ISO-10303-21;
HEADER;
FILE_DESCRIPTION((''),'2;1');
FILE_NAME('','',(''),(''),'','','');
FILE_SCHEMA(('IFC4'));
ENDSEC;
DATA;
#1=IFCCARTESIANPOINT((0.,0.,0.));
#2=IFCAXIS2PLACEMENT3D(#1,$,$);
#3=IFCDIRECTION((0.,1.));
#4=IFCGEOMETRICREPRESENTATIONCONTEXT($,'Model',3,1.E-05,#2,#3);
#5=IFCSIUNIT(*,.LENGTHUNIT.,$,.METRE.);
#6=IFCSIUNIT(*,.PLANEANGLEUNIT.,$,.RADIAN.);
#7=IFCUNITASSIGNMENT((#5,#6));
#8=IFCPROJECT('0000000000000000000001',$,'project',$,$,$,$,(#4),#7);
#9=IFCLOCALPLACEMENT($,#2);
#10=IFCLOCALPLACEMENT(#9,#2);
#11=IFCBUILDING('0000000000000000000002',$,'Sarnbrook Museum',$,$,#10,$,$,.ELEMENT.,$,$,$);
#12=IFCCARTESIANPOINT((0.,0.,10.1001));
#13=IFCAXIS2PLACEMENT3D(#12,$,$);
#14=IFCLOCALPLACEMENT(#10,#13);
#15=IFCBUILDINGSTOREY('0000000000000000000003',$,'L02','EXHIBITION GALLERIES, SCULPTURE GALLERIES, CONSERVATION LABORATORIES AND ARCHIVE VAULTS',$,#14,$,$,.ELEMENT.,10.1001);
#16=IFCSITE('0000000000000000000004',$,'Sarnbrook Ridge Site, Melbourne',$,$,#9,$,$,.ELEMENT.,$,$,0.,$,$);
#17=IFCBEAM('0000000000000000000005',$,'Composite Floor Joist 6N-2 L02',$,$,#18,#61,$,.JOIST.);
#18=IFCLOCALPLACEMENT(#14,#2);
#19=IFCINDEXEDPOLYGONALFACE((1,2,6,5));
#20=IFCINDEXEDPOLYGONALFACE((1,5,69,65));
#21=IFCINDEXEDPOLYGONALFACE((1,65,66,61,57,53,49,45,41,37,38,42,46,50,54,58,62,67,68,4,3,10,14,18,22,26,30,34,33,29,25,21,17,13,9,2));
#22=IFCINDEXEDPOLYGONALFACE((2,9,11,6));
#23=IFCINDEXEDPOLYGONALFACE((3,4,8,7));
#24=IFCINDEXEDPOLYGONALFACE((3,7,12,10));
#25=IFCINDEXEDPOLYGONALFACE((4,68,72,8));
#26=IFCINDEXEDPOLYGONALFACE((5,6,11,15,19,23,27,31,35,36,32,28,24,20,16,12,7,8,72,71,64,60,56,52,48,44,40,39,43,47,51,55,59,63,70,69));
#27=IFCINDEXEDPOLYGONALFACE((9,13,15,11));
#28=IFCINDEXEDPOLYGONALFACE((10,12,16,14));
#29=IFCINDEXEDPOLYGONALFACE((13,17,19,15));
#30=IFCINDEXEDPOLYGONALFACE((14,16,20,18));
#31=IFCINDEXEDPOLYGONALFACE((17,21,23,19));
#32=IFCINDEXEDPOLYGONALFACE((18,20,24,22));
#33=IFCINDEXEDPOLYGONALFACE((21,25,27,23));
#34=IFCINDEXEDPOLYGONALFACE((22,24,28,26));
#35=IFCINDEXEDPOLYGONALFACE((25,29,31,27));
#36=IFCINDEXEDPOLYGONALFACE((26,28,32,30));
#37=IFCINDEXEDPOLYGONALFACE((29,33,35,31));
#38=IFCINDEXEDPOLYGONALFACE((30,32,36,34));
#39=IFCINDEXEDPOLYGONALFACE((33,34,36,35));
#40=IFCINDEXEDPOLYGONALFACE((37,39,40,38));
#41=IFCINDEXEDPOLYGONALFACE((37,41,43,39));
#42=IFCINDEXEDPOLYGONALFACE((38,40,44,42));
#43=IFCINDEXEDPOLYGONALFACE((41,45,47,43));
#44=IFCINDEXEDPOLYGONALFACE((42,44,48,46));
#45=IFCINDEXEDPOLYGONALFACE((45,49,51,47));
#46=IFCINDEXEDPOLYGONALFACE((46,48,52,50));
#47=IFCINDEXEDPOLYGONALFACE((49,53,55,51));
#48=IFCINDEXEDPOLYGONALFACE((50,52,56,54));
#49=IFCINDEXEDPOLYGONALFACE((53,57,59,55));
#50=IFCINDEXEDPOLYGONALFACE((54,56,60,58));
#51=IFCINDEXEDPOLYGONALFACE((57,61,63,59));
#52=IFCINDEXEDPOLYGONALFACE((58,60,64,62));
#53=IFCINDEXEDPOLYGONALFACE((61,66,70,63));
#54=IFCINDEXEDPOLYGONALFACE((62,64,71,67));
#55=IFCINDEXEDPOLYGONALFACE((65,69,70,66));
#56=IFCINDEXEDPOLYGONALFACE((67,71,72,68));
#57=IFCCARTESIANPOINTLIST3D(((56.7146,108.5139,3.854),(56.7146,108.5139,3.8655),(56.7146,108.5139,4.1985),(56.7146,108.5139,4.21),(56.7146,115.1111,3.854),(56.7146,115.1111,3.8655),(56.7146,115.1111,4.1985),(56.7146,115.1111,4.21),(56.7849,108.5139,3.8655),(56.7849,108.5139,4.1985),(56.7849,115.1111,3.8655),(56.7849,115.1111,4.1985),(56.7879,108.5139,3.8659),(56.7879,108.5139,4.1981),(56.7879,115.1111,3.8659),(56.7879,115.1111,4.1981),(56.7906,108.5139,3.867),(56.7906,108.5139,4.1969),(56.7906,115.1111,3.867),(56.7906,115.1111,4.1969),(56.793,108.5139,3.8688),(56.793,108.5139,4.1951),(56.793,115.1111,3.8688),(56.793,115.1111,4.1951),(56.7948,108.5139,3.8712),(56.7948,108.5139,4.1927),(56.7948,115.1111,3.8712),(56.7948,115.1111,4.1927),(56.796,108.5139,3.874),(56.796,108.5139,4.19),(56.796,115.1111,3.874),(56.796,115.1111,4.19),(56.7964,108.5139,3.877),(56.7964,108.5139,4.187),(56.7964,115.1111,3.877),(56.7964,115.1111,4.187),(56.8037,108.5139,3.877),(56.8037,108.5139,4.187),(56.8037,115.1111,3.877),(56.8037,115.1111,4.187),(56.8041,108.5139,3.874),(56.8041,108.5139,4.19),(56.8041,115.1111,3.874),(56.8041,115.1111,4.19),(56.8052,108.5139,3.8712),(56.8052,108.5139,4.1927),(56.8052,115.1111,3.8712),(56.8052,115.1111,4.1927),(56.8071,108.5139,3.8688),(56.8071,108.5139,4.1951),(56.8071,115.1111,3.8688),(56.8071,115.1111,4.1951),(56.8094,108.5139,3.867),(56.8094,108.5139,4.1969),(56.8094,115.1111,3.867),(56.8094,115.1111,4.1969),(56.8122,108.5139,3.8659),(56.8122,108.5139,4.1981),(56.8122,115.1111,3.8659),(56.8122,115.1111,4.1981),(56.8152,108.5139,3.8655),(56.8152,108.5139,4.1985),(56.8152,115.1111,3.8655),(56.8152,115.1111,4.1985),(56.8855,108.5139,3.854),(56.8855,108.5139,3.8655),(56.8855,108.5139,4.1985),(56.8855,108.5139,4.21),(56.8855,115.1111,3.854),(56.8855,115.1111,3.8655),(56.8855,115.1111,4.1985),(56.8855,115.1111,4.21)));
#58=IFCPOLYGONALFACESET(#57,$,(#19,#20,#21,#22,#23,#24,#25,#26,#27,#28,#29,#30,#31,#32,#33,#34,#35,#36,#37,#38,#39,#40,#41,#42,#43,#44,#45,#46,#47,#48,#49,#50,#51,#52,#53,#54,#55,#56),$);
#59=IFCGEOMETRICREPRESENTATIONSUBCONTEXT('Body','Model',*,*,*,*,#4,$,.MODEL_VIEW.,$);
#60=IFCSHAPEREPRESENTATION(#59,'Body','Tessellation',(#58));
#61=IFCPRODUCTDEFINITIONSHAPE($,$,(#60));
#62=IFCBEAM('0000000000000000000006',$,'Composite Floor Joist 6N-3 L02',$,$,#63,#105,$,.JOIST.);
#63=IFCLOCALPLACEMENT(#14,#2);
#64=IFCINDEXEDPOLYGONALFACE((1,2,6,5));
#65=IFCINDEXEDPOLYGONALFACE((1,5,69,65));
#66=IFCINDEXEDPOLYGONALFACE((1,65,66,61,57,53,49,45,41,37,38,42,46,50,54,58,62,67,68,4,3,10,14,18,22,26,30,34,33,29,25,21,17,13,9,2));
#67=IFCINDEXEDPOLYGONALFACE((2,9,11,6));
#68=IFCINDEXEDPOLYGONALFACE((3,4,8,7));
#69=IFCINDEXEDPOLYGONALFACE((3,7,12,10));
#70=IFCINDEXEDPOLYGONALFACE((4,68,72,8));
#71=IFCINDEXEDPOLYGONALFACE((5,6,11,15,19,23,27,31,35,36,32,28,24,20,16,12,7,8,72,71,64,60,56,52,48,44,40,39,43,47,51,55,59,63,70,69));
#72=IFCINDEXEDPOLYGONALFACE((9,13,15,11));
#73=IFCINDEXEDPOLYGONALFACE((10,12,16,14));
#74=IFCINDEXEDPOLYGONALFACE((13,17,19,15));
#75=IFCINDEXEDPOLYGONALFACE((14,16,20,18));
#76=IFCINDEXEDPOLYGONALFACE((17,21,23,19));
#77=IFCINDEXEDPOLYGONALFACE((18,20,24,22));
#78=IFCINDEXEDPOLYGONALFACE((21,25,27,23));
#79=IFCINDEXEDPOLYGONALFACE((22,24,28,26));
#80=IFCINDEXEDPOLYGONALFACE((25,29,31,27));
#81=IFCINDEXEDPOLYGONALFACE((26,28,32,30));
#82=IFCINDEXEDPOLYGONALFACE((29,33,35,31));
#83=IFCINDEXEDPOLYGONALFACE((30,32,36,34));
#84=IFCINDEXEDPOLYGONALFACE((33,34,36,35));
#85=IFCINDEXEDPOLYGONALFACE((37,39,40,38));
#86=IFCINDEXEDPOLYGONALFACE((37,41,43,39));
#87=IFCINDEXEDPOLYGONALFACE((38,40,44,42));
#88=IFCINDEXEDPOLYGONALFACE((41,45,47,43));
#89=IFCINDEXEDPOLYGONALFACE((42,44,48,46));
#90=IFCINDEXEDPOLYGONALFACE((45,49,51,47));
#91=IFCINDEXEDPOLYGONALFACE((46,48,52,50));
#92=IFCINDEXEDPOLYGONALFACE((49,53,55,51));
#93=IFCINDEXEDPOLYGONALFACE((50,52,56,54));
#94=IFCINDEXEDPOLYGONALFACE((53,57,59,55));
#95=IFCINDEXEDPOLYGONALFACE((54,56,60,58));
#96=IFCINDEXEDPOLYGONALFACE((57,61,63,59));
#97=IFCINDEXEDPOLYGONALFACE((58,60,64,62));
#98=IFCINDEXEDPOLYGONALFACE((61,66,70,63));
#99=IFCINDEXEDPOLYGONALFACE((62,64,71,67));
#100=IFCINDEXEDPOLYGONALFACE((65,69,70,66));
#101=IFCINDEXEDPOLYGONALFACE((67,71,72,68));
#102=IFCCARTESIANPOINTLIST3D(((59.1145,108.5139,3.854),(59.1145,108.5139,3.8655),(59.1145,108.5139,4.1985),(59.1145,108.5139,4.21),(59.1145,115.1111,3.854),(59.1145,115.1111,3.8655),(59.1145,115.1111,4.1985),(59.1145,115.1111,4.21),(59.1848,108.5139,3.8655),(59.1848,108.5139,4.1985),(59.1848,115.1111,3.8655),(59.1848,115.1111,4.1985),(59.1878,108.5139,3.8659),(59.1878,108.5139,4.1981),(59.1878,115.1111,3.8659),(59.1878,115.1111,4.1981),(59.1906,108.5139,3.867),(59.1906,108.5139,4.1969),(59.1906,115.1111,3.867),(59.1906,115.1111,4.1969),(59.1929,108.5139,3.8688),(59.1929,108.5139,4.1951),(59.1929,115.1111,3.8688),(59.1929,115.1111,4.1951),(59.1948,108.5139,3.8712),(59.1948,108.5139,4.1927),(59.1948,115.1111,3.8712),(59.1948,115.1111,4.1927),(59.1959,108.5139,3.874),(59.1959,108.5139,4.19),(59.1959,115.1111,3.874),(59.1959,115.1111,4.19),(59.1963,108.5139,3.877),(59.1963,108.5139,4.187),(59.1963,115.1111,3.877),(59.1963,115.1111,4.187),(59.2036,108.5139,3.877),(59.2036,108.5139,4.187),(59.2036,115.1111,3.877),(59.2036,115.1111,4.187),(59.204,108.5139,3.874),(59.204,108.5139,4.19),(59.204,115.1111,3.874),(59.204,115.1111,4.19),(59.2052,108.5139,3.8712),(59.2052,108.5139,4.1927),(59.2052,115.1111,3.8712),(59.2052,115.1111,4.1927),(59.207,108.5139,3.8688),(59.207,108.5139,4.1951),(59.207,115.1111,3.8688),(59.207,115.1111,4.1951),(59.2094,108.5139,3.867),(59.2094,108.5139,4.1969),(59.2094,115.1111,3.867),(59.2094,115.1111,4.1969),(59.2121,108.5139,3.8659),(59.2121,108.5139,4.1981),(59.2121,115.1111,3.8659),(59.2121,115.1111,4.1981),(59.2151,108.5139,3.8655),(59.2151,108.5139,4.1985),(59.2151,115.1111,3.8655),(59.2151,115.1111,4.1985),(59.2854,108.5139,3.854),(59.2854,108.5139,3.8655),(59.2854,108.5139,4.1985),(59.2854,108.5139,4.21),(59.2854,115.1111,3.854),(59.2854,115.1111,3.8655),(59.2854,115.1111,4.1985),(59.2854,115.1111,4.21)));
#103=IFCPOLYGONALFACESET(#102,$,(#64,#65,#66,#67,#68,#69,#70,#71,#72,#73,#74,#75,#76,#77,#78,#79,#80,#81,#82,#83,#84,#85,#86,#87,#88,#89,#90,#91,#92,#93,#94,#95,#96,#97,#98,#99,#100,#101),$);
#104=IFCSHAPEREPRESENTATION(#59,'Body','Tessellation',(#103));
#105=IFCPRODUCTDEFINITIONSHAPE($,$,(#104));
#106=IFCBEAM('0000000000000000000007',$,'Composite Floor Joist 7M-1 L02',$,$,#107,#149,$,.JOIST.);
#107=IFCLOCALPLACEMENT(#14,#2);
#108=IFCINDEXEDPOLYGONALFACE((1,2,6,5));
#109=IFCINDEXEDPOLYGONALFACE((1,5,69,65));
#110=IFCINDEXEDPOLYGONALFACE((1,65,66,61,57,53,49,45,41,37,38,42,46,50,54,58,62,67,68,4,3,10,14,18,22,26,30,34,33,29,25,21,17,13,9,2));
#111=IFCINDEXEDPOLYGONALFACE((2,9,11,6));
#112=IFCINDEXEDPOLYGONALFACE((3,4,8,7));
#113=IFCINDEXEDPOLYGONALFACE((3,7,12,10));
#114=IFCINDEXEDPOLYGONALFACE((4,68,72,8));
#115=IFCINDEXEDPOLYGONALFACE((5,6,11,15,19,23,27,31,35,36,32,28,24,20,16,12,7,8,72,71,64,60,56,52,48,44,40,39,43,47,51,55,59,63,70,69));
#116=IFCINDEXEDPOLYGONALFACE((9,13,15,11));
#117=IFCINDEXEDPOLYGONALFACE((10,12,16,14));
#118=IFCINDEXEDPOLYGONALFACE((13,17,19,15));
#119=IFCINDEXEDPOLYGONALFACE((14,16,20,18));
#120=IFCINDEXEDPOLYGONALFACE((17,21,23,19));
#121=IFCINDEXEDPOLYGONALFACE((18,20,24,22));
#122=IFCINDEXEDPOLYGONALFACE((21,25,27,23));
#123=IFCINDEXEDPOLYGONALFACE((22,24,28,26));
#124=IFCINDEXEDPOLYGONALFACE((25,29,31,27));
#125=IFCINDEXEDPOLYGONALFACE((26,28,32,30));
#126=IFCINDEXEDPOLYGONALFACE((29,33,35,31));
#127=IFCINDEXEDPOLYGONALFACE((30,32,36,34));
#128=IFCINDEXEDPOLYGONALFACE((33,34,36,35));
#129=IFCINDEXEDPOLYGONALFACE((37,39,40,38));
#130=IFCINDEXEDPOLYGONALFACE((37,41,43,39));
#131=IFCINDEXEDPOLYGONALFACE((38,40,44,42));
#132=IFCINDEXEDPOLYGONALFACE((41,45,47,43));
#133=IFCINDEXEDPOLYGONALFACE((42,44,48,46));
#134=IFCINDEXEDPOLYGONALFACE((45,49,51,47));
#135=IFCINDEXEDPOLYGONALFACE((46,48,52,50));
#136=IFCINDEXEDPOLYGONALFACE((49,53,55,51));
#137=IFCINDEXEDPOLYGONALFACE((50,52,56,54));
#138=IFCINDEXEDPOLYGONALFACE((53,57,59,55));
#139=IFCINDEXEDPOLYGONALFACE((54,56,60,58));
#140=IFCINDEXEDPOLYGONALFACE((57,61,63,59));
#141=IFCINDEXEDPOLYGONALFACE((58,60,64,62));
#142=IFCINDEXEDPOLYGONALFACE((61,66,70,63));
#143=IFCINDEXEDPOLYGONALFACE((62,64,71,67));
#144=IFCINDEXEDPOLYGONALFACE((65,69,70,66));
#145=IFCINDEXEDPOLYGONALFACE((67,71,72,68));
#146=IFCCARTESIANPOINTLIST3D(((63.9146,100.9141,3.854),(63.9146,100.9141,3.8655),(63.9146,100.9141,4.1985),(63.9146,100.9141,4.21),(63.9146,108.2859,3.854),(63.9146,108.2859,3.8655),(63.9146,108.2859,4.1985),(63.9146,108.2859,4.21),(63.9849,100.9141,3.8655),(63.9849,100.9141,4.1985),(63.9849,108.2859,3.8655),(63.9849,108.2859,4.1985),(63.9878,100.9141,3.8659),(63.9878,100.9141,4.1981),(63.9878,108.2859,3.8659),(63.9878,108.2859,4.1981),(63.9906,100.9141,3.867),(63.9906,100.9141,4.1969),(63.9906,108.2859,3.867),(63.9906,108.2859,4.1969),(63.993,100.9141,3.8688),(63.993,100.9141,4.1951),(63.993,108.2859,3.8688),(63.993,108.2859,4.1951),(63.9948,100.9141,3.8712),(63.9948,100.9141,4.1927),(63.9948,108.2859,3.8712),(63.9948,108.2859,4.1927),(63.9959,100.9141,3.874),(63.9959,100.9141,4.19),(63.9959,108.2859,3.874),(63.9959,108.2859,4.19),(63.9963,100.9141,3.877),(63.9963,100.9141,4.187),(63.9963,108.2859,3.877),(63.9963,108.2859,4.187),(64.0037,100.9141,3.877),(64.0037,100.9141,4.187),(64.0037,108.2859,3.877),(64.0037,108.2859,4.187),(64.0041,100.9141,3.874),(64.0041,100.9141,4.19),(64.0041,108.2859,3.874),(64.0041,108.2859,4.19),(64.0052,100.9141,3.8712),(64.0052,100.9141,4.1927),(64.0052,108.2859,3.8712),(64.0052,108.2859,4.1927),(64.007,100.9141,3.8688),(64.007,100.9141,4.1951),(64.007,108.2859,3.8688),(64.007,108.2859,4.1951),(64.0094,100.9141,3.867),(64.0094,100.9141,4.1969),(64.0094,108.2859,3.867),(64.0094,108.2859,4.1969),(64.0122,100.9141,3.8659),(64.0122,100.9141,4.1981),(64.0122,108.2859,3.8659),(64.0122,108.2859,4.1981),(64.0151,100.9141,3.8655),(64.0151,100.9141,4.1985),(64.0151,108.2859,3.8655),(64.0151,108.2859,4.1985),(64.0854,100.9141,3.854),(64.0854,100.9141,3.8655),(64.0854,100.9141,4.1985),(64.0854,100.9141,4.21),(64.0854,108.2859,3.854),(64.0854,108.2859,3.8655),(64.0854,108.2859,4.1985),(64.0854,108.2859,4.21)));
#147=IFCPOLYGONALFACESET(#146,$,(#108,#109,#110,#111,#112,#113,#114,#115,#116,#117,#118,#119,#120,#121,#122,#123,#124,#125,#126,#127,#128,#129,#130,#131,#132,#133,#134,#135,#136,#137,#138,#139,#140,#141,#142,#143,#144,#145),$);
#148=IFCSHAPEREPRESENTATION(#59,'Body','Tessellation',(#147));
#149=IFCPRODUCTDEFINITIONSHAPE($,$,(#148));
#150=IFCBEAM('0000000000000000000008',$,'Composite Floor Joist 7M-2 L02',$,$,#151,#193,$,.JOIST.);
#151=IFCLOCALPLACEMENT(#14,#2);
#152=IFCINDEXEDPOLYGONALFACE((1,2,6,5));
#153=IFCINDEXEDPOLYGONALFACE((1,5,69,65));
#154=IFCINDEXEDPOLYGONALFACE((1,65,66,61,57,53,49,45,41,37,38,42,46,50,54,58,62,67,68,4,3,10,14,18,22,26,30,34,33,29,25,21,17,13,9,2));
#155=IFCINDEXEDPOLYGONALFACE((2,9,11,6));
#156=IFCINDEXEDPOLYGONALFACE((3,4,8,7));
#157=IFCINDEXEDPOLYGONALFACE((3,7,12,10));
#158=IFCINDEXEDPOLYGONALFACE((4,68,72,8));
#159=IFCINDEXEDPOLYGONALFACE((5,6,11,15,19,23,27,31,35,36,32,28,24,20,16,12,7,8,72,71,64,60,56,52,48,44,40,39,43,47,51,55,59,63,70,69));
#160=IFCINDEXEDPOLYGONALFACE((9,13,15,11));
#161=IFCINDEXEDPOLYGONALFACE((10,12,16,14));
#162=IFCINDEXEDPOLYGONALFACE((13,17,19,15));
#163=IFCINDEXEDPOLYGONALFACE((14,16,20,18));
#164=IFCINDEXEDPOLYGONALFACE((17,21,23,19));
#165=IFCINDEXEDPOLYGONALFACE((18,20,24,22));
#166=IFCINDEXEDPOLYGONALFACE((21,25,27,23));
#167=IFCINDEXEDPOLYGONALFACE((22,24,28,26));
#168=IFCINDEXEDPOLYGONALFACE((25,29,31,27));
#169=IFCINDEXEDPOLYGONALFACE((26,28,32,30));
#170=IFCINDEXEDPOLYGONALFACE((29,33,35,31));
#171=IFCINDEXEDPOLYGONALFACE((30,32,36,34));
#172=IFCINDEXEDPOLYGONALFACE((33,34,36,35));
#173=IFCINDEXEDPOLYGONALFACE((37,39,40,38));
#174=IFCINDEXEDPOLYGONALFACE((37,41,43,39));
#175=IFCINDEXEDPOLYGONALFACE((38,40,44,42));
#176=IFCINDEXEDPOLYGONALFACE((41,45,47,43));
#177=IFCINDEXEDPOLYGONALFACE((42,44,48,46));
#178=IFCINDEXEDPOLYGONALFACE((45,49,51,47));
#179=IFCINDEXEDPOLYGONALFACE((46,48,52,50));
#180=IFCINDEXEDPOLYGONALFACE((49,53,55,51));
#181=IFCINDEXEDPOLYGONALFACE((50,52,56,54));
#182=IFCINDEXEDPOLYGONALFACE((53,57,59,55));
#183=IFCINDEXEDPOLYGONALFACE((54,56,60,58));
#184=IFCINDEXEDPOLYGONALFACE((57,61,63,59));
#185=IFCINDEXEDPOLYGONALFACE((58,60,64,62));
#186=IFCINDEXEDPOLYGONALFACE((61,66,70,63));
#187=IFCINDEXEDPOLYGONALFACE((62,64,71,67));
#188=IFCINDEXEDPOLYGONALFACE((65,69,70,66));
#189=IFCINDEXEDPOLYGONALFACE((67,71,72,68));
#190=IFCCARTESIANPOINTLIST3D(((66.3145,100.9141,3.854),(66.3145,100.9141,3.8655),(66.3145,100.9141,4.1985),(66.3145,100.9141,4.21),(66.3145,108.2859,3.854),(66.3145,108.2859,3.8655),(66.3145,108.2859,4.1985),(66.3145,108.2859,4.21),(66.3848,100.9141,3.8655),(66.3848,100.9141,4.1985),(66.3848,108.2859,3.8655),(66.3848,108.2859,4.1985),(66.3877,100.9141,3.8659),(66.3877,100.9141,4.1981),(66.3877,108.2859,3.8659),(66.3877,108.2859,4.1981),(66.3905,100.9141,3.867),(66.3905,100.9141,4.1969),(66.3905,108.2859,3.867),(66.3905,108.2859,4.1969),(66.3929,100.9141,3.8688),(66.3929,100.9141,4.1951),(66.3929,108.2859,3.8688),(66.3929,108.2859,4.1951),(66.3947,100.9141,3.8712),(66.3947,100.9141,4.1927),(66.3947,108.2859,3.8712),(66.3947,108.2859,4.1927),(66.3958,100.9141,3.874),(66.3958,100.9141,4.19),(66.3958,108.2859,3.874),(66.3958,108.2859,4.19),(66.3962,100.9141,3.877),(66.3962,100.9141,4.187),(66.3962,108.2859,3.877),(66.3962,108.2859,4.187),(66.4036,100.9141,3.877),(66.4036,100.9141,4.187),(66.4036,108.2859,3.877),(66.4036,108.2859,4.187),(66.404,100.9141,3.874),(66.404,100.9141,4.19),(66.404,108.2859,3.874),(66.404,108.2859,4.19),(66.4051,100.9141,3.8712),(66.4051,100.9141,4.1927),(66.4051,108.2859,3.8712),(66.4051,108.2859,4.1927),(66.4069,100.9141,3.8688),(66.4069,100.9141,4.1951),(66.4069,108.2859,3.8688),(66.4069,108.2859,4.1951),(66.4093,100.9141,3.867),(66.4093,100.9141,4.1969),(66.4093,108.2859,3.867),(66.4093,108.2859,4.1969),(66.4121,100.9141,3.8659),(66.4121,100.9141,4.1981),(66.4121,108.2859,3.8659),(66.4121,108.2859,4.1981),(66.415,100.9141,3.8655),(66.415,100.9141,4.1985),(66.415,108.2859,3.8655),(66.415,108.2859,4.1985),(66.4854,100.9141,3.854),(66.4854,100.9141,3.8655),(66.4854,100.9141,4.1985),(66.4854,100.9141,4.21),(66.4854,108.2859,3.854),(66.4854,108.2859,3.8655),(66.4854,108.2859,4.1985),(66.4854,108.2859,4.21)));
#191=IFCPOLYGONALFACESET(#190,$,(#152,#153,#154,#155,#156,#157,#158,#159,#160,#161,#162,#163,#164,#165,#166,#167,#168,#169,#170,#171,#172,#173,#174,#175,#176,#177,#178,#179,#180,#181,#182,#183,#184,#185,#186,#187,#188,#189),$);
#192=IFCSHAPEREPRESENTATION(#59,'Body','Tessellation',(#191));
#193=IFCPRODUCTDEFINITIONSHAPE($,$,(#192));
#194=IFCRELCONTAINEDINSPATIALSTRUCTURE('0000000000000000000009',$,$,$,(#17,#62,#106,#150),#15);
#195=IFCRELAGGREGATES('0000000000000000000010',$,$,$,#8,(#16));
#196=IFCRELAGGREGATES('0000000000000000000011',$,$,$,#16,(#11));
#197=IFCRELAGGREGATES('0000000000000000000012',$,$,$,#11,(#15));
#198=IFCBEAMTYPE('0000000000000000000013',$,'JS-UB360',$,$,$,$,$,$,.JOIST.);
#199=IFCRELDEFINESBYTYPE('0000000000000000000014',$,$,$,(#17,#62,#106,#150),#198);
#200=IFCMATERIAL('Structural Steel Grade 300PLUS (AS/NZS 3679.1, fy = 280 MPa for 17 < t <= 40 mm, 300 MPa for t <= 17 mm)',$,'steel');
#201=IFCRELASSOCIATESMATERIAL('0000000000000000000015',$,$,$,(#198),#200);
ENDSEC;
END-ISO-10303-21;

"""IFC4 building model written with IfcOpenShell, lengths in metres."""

from ifc_helpers import new_model, si_unit, direction, frame, origin, origin_2d, place, context, subcontext, project, spatial, i_section, extrude, material, material_profile, profile_set, type_object, element, save


model = new_model("IFC4")

# Units and contexts
model_context = context("Model", 3, precision=1e-05, world=origin(), true_north=direction((0.0, 1.0)))
body_context = subcontext(model_context, "Body", "Model", "MODEL_VIEW")
ifc_project = project(units=[si_unit("LENGTHUNIT", "METRE"), si_unit("PLANEANGLEUNIT", "RADIAN")], contexts=[model_context])

# Site, building, storey
site_placement = place(None, origin())
site = spatial("IfcSite", under=ifc_project, at=site_placement, Name="Sarnbrook Ridge Site, Melbourne", CompositionType="ELEMENT", RefElevation=0.0)
building_placement = place(site_placement, origin())
building = spatial("IfcBuilding", under=site, at=building_placement, Name="Sarnbrook Museum", CompositionType="ELEMENT")
storey_placement = place(building_placement, frame((0.0, 0.0, 10.1001)))
storey = spatial("IfcBuildingStorey", under=building, at=storey_placement, Name="L02", Description="EXHIBITION GALLERIES, SCULPTURE GALLERIES, CONSERVATION LABORATORIES AND ARCHIVE VAULTS", CompositionType="ELEMENT", Elevation=10.1001)

# Shared definitions
ifc_material_1 = material(Name="Structural Steel Grade 300PLUS (AS/NZS 3679.1, fy = 280 MPa for 17 < t <= 40 mm, 300 MPa for t <= 17 mm)", Category="steel")

# Beams
ifc_material_profile_1 = material_profile(ifc_material_1, i_section(OverallWidth=0.1709, OverallDepth=0.356, WebThickness=0.0073, FlangeThickness=0.0115, FilletRadius=0.0115, at=origin_2d()), Name="360UB50.7")
ifc_profile_set_1 = profile_set([ifc_material_profile_1], Name="Structural Steel Grade 300PLUS (AS/NZS 3679.1, fy = 280 MPa for 17 < t <= 40 mm, 300 MPa for t <= 17 mm)")
beam_type_1 = type_object("IfcBeamType", Name="JS-UB360", PredefinedType="JOIST", material=ifc_profile_set_1)
for number, where, z_axis, x_axis, name in (
    (1, (56.8, 108.5139, 4.032), (0.0, 1.0, 0.0), (-1.0, 0.0, 0.0), "Composite Floor Joist 6N-2 L02"),
    (2, (59.2, 108.5139, 4.032), (0.0, 1.0, 0.0), (-1.0, 0.0, 0.0), "Composite Floor Joist 6N-3 L02"),
):
    element("IfcBeam", number, at=place(storey_placement, frame(where, z_axis=z_axis, x_axis=x_axis)), inside=storey, type_object=beam_type_1, Name=name, PredefinedType="JOIST", context=body_context, shape_type="SweptSolid", body=[
        extrude(i_section(OverallWidth=0.1709, OverallDepth=0.356, WebThickness=0.0073, FlangeThickness=0.0115, FilletRadius=0.0115, at=origin_2d()), origin(), (0.0, 0.0, 1.0), 6.5972),
    ])
for number, where, z_axis, x_axis, name in (
    (3, (64.0, 100.9141, 4.032), (0.0, 1.0, 0.0), (-1.0, 0.0, 0.0), "Composite Floor Joist 7M-1 L02"),
    (4, (66.3999, 100.9141, 4.032), (0.0, 1.0, 0.0), (-1.0, 0.0, 0.0), "Composite Floor Joist 7M-2 L02"),
):
    element("IfcBeam", number, at=place(storey_placement, frame(where, z_axis=z_axis, x_axis=x_axis)), inside=storey, type_object=beam_type_1, Name=name, PredefinedType="JOIST", context=body_context, shape_type="SweptSolid", body=[
        extrude(i_section(OverallWidth=0.1709, OverallDepth=0.356, WebThickness=0.0073, FlangeThickness=0.0115, FilletRadius=0.0115, at=origin_2d()), origin(), (0.0, 0.0, 1.0), 7.3718),
    ])

save(model, "model.ifc")
